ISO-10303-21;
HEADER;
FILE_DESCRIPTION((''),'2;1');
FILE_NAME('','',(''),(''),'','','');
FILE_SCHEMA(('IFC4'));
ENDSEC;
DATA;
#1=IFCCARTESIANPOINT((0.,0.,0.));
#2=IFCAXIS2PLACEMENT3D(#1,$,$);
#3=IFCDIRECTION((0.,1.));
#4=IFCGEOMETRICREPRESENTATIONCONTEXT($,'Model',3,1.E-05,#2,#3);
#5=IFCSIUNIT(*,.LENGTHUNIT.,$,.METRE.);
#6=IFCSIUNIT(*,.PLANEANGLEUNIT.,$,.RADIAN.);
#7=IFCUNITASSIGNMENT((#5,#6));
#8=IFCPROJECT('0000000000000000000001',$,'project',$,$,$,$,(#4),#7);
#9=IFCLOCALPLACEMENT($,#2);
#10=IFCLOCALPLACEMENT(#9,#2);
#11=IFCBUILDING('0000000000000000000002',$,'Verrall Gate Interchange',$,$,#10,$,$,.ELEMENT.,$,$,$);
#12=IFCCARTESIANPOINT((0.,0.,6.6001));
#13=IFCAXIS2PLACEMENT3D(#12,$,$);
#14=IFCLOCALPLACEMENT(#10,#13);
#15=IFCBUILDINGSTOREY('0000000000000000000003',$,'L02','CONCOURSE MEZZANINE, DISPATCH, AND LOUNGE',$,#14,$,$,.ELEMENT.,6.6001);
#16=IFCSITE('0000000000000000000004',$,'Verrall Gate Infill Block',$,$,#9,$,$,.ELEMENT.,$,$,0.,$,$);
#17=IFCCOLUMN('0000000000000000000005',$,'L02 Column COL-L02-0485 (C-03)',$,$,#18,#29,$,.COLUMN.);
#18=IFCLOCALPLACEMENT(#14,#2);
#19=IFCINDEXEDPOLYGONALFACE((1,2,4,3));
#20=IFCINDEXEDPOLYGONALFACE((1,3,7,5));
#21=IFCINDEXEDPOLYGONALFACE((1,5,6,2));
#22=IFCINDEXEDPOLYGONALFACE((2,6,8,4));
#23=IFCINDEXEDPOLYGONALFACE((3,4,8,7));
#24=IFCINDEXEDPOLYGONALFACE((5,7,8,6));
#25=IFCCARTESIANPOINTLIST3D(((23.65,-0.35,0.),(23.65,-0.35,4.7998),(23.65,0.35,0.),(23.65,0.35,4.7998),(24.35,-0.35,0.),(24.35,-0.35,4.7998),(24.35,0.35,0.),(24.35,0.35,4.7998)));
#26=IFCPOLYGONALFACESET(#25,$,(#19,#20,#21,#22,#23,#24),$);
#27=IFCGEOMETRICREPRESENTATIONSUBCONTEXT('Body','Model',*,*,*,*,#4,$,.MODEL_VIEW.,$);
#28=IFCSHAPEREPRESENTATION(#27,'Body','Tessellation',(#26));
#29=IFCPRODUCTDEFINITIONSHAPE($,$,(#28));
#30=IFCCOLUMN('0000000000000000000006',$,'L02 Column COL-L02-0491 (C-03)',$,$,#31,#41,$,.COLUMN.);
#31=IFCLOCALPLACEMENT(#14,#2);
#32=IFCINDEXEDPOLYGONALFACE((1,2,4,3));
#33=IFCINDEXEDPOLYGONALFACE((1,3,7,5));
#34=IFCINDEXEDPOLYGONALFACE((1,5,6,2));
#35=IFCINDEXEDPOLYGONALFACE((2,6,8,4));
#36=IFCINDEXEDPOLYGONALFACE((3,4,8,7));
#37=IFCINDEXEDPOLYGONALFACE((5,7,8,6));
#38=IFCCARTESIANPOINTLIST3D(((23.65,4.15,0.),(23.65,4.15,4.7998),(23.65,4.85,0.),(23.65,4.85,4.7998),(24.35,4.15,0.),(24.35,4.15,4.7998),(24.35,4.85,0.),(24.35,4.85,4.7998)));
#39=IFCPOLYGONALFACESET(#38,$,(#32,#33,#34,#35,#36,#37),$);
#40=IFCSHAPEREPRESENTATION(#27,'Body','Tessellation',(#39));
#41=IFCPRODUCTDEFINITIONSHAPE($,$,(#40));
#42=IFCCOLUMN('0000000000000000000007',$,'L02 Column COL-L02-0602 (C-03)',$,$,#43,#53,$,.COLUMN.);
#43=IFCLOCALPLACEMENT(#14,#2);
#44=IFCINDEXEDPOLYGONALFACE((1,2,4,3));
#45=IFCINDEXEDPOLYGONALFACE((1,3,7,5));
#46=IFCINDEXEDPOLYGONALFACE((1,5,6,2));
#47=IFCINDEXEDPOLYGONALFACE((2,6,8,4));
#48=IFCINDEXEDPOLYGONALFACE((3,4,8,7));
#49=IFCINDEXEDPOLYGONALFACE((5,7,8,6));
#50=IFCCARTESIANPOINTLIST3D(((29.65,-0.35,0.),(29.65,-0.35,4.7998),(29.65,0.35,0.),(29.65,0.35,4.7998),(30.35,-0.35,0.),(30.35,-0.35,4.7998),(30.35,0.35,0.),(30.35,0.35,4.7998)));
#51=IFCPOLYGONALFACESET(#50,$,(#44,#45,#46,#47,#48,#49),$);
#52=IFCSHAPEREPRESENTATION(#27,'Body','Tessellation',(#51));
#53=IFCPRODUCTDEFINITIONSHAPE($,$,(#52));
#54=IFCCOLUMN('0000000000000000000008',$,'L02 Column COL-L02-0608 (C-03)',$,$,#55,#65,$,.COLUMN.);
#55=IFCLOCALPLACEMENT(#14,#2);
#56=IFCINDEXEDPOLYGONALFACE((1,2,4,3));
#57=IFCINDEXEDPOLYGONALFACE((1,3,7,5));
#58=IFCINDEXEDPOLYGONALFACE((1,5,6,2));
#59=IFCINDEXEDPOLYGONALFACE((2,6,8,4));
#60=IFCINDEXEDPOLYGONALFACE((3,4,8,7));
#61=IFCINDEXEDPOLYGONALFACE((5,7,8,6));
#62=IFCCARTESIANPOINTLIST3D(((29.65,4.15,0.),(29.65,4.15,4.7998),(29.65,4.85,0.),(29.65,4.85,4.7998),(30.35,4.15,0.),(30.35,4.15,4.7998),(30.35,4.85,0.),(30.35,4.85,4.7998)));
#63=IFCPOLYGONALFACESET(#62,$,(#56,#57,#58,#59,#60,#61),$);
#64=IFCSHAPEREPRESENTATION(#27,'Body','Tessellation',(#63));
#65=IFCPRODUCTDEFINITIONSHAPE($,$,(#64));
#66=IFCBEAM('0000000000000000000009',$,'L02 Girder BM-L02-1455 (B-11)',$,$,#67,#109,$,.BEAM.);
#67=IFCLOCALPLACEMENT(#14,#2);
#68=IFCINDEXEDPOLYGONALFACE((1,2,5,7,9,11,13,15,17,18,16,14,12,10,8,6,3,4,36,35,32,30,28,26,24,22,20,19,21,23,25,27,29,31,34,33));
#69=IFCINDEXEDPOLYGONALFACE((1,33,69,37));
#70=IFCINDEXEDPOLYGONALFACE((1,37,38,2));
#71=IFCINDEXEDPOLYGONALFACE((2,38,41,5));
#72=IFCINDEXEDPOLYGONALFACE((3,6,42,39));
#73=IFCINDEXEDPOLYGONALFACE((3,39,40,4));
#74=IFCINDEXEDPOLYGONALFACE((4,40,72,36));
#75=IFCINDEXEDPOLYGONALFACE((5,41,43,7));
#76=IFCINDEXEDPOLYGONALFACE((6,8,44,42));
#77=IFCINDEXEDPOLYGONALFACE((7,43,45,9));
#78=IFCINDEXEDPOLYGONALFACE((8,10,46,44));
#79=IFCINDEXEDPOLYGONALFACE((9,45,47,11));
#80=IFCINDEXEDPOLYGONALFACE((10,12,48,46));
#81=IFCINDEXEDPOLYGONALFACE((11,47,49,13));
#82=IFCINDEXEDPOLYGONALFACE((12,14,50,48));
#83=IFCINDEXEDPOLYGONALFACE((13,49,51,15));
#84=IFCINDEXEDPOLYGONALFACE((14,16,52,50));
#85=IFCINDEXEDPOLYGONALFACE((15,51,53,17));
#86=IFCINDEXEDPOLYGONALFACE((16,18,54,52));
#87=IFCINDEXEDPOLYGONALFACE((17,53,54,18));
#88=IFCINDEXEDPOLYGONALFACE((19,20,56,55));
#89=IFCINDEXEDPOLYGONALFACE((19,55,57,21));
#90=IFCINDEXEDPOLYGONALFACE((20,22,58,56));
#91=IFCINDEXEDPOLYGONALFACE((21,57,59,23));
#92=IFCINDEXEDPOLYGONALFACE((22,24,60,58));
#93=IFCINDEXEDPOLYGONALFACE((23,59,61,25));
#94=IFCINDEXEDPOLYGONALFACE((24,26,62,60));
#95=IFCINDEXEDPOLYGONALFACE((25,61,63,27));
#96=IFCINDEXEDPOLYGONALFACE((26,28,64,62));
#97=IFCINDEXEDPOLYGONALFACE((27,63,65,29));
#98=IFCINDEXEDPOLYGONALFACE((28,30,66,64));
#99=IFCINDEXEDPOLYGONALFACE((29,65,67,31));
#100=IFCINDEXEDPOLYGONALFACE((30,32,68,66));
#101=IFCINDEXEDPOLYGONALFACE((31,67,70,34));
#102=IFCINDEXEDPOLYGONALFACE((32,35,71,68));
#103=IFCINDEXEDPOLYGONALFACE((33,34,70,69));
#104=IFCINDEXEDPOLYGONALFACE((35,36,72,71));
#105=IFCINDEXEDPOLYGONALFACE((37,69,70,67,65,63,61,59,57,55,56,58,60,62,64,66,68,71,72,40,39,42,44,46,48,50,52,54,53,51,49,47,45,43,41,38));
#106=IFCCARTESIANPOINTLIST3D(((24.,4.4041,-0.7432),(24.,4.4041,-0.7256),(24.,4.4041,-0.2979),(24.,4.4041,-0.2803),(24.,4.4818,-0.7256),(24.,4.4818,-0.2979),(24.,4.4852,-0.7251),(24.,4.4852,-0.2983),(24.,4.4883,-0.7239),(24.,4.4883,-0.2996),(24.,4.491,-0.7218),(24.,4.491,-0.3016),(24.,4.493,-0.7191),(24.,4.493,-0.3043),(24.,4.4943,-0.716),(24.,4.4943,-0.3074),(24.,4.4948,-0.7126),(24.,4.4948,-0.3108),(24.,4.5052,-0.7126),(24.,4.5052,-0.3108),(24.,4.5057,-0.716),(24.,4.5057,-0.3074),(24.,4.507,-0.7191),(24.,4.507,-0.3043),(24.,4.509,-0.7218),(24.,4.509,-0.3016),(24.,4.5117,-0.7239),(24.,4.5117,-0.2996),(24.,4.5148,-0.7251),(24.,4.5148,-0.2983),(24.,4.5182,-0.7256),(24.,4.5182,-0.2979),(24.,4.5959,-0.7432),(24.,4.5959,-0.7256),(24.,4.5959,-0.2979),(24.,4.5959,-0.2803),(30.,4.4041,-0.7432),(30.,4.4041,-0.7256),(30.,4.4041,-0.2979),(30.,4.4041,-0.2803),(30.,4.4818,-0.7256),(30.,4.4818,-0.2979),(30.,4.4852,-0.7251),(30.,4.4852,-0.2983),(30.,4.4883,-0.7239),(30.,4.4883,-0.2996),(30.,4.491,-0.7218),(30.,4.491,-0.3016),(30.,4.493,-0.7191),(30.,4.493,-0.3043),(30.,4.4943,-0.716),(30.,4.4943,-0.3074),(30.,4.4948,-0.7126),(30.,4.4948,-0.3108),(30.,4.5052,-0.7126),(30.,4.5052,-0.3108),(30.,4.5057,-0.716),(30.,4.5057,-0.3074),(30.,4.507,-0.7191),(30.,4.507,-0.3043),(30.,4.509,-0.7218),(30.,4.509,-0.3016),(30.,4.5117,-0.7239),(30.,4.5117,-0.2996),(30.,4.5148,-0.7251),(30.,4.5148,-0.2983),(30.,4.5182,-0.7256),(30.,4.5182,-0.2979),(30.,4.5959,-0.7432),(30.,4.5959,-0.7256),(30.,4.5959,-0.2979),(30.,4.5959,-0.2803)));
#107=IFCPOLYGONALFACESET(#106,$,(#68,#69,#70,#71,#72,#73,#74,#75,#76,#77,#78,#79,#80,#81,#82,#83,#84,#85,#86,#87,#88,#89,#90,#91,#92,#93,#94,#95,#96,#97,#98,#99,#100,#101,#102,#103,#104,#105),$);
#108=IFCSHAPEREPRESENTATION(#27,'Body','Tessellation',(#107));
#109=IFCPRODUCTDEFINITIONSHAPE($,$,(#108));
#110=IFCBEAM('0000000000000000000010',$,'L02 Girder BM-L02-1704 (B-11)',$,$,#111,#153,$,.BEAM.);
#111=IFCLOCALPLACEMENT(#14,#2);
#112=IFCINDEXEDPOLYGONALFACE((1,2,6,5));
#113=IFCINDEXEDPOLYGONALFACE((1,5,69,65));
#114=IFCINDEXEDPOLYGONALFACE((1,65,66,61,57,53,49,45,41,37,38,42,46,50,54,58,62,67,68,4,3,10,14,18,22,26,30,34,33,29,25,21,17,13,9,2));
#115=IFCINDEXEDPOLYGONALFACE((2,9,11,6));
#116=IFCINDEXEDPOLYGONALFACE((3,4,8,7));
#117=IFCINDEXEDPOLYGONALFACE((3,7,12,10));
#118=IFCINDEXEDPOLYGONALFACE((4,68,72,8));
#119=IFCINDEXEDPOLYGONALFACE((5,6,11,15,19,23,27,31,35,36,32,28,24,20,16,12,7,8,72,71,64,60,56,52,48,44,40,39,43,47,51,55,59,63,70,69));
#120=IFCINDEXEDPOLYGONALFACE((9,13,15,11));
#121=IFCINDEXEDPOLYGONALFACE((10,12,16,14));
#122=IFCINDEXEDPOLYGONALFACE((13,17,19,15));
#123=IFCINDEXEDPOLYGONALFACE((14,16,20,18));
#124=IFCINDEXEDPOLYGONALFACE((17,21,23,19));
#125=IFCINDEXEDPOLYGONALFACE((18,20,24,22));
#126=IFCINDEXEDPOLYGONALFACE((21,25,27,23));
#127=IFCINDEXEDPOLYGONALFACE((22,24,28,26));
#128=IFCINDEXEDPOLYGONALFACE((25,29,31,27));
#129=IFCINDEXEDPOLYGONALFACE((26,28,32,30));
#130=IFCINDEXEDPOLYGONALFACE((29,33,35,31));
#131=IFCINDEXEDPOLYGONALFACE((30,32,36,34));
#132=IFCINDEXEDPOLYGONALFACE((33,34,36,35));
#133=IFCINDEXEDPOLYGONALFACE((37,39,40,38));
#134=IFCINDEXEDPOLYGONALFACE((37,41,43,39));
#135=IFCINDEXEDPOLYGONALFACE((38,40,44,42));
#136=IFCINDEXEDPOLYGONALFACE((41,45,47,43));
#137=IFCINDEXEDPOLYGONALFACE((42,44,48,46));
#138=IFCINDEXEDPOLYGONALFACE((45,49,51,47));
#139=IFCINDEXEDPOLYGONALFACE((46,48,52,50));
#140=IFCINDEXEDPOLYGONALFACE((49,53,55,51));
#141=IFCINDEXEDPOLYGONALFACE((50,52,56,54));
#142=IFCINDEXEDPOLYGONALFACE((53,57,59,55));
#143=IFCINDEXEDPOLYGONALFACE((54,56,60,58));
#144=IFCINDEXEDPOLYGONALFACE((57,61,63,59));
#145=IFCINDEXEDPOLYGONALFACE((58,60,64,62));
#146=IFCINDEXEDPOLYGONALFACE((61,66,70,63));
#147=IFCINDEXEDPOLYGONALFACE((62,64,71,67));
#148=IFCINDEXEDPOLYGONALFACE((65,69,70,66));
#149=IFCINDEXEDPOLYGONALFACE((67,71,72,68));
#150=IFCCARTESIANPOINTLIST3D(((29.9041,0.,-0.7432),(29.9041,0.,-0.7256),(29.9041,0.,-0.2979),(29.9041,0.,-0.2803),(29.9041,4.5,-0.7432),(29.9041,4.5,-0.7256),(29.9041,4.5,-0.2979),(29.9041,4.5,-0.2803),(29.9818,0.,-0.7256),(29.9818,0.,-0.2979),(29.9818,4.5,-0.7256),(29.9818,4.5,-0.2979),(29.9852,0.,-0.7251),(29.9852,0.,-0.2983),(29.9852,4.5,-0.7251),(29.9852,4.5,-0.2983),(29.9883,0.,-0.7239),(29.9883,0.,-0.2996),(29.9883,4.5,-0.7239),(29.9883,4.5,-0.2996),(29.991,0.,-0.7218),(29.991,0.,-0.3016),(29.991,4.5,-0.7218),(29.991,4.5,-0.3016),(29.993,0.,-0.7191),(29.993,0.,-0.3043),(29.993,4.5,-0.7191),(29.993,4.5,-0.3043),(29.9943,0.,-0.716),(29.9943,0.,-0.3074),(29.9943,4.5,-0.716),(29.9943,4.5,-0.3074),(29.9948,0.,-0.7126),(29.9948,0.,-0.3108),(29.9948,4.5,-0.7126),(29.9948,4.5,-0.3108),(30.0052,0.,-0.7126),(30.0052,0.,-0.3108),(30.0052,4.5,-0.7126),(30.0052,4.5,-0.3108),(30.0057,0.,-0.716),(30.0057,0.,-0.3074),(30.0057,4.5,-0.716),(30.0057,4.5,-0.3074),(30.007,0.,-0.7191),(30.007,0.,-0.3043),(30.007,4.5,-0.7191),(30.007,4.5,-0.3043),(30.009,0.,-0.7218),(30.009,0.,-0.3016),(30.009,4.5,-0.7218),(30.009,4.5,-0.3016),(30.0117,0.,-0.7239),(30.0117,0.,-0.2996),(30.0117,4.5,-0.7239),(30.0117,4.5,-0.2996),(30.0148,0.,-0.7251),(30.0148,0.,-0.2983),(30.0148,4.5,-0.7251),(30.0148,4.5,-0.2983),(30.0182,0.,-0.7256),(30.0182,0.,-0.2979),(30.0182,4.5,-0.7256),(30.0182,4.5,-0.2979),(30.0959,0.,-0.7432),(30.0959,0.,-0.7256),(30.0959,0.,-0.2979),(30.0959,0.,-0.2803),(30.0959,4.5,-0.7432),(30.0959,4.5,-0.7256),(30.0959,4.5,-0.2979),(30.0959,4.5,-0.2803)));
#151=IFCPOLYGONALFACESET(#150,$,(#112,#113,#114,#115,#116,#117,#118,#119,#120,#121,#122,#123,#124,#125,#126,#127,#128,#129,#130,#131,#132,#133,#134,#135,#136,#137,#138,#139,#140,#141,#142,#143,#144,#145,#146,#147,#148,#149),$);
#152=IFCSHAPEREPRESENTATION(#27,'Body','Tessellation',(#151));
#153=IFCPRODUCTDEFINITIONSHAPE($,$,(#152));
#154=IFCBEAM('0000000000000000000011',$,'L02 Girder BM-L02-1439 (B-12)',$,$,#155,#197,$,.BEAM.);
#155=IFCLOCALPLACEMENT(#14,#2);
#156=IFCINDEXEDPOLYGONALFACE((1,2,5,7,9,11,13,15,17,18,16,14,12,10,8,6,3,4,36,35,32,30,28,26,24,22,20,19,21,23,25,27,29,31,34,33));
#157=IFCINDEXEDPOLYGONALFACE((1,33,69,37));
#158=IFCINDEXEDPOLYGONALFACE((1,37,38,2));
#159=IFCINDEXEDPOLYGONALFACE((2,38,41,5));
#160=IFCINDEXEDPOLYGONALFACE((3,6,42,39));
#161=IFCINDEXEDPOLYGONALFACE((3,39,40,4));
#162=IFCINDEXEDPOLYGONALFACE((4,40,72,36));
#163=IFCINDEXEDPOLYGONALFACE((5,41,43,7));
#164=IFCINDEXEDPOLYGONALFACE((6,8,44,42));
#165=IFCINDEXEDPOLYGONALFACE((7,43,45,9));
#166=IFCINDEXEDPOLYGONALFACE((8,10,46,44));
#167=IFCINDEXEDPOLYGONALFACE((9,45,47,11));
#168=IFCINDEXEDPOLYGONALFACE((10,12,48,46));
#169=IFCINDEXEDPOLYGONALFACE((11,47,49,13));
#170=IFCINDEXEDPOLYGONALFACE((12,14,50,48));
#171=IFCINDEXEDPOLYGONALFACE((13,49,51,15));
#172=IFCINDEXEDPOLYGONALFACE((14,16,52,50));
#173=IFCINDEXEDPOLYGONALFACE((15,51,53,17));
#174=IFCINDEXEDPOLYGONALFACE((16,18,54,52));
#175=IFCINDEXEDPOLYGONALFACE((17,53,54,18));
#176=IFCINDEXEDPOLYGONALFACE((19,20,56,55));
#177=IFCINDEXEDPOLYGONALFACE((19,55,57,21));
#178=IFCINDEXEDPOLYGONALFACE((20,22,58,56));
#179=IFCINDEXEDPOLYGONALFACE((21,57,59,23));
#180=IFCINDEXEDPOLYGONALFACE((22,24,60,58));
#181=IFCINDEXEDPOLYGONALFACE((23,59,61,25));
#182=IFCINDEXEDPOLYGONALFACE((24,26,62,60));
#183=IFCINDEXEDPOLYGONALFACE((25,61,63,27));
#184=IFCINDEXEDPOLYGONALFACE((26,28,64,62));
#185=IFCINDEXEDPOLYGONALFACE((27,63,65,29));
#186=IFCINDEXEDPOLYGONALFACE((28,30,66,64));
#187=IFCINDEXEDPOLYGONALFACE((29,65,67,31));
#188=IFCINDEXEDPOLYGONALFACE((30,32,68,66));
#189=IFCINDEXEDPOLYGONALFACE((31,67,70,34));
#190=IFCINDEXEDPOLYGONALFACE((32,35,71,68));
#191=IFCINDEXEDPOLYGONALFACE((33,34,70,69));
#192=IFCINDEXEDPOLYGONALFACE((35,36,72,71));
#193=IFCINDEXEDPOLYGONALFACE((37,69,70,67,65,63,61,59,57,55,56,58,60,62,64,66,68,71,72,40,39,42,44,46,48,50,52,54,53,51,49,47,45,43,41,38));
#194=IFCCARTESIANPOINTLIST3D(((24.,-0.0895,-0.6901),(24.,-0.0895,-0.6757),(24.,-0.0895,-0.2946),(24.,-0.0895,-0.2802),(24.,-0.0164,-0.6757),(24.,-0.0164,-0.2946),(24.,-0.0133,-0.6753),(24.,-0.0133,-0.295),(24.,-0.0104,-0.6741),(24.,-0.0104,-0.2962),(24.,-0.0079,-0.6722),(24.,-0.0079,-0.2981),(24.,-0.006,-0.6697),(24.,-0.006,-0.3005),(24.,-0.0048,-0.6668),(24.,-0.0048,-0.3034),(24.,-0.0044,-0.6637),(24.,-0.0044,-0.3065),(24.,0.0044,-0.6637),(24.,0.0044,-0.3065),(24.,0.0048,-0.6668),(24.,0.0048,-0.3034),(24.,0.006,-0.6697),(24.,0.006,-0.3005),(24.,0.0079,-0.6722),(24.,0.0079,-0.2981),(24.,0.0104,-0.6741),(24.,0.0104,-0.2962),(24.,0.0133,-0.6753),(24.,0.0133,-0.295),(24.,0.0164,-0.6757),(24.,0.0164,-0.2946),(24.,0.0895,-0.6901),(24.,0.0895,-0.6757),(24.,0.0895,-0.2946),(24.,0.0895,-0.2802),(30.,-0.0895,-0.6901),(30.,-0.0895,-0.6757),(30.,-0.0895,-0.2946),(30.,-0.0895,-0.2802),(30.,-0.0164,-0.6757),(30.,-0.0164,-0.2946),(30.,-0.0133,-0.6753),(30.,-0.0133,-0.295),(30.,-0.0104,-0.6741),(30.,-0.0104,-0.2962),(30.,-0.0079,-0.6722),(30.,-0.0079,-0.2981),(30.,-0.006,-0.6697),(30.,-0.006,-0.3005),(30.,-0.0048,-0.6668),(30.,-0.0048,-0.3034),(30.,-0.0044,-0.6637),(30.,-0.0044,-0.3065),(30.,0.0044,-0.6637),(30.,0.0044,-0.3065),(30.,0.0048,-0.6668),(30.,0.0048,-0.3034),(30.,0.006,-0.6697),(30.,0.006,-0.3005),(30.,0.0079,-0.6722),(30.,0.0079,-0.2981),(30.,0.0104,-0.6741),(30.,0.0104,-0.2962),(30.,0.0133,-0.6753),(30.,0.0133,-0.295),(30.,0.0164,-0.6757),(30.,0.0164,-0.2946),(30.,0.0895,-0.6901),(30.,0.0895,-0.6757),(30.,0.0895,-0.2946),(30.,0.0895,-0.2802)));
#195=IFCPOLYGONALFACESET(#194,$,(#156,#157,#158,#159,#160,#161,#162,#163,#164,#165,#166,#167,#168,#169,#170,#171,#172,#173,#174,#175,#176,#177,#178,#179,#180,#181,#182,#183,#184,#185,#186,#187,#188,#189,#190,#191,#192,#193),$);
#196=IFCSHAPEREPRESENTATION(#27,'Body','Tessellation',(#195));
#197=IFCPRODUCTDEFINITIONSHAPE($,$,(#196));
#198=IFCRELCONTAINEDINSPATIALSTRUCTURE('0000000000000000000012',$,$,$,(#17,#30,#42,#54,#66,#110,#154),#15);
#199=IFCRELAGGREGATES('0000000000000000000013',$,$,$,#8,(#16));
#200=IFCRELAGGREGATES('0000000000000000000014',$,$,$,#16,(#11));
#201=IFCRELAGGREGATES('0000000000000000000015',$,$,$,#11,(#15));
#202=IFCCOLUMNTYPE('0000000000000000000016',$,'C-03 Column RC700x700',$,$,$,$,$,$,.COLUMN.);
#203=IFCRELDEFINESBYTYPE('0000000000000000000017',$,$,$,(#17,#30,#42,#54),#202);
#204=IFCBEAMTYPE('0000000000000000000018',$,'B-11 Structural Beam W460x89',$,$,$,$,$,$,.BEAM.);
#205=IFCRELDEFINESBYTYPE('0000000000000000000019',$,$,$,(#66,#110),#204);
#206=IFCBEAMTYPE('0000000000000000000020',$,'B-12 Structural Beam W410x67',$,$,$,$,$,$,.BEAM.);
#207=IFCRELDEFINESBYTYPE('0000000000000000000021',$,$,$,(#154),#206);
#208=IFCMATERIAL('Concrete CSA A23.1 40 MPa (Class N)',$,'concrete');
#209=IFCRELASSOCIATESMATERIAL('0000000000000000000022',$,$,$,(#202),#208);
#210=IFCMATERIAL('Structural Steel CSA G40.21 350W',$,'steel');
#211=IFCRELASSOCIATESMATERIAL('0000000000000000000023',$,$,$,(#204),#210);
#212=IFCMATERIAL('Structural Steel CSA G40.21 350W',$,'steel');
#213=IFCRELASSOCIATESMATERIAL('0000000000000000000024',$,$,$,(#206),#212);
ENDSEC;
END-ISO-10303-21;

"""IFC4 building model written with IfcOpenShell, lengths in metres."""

from ifc_helpers import new_model, si_unit, direction, frame, origin, origin_2d, place, context, subcontext, project, spatial, rectangle, i_section, extrude, material, material_profile, profile_set, type_object, element, save


model = new_model("IFC4")

# Units and contexts
model_context = context("Model", 3, precision=1e-05, world=origin(), true_north=direction((0.0, 1.0)))
body_context = subcontext(model_context, "Body", "Model", "MODEL_VIEW")
ifc_project = project(units=[si_unit("LENGTHUNIT", "METRE"), si_unit("PLANEANGLEUNIT", "RADIAN")], contexts=[model_context])

# Site, building, storey
site_placement = place(None, origin())
site = spatial("IfcSite", under=ifc_project, at=site_placement, Name="Verrall Gate Infill Block", CompositionType="ELEMENT", RefElevation=0.0)
building_placement = place(site_placement, origin())
building = spatial("IfcBuilding", under=site, at=building_placement, Name="Verrall Gate Interchange", CompositionType="ELEMENT")
storey_placement = place(building_placement, frame((0.0, 0.0, 6.6001)))
storey = spatial("IfcBuildingStorey", under=building, at=storey_placement, Name="L02", Description="CONCOURSE MEZZANINE, DISPATCH, AND LOUNGE", CompositionType="ELEMENT", Elevation=6.6001)

# Columns
ifc_material_1 = material(Name="Concrete CSA A23.1 40 MPa (Class N)", Category="concrete")
ifc_material_profile_1 = material_profile(ifc_material_1, rectangle(XDim=0.7, YDim=0.7, at=origin_2d()), Name="RC700x700")
ifc_profile_set_1 = profile_set([ifc_material_profile_1], Name="Concrete CSA A23.1 40 MPa (Class N)")
column_type = type_object("IfcColumnType", Name="C-03 Column RC700x700", PredefinedType="COLUMN", material=ifc_profile_set_1)
for number, where, z_axis, x_axis, name in (
    (1, (24.0, 0.0, 0.0), (0.0, 0.0, 1.0), (1.0, 0.0, 0.0), "L02 Column COL-L02-0485 (C-03)"),
    (2, (24.0, 4.5, 0.0), (0.0, 0.0, 1.0), (1.0, 0.0, 0.0), "L02 Column COL-L02-0491 (C-03)"),
    (3, (30.0, 0.0, 0.0), (0.0, 0.0, 1.0), (1.0, 0.0, 0.0), "L02 Column COL-L02-0602 (C-03)"),
    (4, (30.0, 4.5, 0.0), (0.0, 0.0, 1.0), (1.0, 0.0, 0.0), "L02 Column COL-L02-0608 (C-03)"),
):
    element("IfcColumn", number, at=place(storey_placement, frame(where, z_axis=z_axis, x_axis=x_axis)), inside=storey, type_object=column_type, Name=name, PredefinedType="COLUMN", context=body_context, shape_type="SweptSolid", body=[
        extrude(rectangle(XDim=0.7, YDim=0.7, at=origin_2d()), origin(), (0.0, 0.0, 1.0), 4.7998),
    ])

# Beams
ifc_material_2 = material(Name="Structural Steel CSA G40.21 350W", Category="steel")
ifc_material_profile_2 = material_profile(ifc_material_2, i_section(OverallWidth=0.1919, OverallDepth=0.4629, WebThickness=0.0105, FlangeThickness=0.0176, FilletRadius=0.0129, at=origin_2d()), Name="W460x89")
ifc_profile_set_2 = profile_set([ifc_material_profile_2], Name="Structural Steel CSA G40.21 350W")
beam_type_1 = type_object("IfcBeamType", Name="B-11 Structural Beam W460x89", PredefinedType="BEAM", material=ifc_profile_set_2)
beam_1_placement = place(storey_placement, frame((24.0, 4.5, -0.5117), z_axis=(1.0, 0.0, 0.0), x_axis=(0.0, 1.0, 0.0)))
element("IfcBeam", 5, at=beam_1_placement, inside=storey, type_object=beam_type_1, Name="L02 Girder BM-L02-1455 (B-11)", PredefinedType="BEAM", context=body_context, shape_type="SweptSolid", body=[
    extrude(i_section(OverallWidth=0.1919, OverallDepth=0.4629, WebThickness=0.0105, FlangeThickness=0.0176, FilletRadius=0.0129, at=origin_2d()), origin(), (0.0, 0.0, 1.0), 6.0),
])
beam_2_placement = place(storey_placement, frame((30.0, 0.0, -0.5117), z_axis=(0.0, 1.0, 0.0), x_axis=(-1.0, 0.0, 0.0)))
element("IfcBeam", 6, at=beam_2_placement, inside=storey, type_object=beam_type_1, Name="L02 Girder BM-L02-1704 (B-11)", PredefinedType="BEAM", context=body_context, shape_type="SweptSolid", body=[
    extrude(i_section(OverallWidth=0.1919, OverallDepth=0.4629, WebThickness=0.0105, FlangeThickness=0.0176, FilletRadius=0.0129, at=origin_2d()), origin(), (0.0, 0.0, 1.0), 4.5),
])
ifc_material_3 = material(Name="Structural Steel CSA G40.21 350W", Category="steel")
ifc_material_profile_3 = material_profile(ifc_material_3, i_section(OverallWidth=0.179, OverallDepth=0.4099, WebThickness=0.0088, FlangeThickness=0.0144, FilletRadius=0.012, at=origin_2d()), Name="W410x67")
ifc_profile_set_3 = profile_set([ifc_material_profile_3], Name="Structural Steel CSA G40.21 350W")
beam_type_2 = type_object("IfcBeamType", Name="B-12 Structural Beam W410x67", PredefinedType="BEAM", material=ifc_profile_set_3)
for number, where, z_axis, x_axis, name in (
    (7, (24.0, 0.0, -0.4851), (1.0, 0.0, 0.0), (0.0, 1.0, 0.0), "L02 Girder BM-L02-1439 (B-12)"),
):
    element("IfcBeam", number, at=place(storey_placement, frame(where, z_axis=z_axis, x_axis=x_axis)), inside=storey, type_object=beam_type_2, Name=name, PredefinedType="BEAM", context=body_context, shape_type="SweptSolid", body=[
        extrude(i_section(OverallWidth=0.179, OverallDepth=0.4099, WebThickness=0.0088, FlangeThickness=0.0144, FilletRadius=0.012, at=origin_2d()), origin(), (0.0, 0.0, 1.0), 6.0),
    ])

save(model, "model.ifc")
